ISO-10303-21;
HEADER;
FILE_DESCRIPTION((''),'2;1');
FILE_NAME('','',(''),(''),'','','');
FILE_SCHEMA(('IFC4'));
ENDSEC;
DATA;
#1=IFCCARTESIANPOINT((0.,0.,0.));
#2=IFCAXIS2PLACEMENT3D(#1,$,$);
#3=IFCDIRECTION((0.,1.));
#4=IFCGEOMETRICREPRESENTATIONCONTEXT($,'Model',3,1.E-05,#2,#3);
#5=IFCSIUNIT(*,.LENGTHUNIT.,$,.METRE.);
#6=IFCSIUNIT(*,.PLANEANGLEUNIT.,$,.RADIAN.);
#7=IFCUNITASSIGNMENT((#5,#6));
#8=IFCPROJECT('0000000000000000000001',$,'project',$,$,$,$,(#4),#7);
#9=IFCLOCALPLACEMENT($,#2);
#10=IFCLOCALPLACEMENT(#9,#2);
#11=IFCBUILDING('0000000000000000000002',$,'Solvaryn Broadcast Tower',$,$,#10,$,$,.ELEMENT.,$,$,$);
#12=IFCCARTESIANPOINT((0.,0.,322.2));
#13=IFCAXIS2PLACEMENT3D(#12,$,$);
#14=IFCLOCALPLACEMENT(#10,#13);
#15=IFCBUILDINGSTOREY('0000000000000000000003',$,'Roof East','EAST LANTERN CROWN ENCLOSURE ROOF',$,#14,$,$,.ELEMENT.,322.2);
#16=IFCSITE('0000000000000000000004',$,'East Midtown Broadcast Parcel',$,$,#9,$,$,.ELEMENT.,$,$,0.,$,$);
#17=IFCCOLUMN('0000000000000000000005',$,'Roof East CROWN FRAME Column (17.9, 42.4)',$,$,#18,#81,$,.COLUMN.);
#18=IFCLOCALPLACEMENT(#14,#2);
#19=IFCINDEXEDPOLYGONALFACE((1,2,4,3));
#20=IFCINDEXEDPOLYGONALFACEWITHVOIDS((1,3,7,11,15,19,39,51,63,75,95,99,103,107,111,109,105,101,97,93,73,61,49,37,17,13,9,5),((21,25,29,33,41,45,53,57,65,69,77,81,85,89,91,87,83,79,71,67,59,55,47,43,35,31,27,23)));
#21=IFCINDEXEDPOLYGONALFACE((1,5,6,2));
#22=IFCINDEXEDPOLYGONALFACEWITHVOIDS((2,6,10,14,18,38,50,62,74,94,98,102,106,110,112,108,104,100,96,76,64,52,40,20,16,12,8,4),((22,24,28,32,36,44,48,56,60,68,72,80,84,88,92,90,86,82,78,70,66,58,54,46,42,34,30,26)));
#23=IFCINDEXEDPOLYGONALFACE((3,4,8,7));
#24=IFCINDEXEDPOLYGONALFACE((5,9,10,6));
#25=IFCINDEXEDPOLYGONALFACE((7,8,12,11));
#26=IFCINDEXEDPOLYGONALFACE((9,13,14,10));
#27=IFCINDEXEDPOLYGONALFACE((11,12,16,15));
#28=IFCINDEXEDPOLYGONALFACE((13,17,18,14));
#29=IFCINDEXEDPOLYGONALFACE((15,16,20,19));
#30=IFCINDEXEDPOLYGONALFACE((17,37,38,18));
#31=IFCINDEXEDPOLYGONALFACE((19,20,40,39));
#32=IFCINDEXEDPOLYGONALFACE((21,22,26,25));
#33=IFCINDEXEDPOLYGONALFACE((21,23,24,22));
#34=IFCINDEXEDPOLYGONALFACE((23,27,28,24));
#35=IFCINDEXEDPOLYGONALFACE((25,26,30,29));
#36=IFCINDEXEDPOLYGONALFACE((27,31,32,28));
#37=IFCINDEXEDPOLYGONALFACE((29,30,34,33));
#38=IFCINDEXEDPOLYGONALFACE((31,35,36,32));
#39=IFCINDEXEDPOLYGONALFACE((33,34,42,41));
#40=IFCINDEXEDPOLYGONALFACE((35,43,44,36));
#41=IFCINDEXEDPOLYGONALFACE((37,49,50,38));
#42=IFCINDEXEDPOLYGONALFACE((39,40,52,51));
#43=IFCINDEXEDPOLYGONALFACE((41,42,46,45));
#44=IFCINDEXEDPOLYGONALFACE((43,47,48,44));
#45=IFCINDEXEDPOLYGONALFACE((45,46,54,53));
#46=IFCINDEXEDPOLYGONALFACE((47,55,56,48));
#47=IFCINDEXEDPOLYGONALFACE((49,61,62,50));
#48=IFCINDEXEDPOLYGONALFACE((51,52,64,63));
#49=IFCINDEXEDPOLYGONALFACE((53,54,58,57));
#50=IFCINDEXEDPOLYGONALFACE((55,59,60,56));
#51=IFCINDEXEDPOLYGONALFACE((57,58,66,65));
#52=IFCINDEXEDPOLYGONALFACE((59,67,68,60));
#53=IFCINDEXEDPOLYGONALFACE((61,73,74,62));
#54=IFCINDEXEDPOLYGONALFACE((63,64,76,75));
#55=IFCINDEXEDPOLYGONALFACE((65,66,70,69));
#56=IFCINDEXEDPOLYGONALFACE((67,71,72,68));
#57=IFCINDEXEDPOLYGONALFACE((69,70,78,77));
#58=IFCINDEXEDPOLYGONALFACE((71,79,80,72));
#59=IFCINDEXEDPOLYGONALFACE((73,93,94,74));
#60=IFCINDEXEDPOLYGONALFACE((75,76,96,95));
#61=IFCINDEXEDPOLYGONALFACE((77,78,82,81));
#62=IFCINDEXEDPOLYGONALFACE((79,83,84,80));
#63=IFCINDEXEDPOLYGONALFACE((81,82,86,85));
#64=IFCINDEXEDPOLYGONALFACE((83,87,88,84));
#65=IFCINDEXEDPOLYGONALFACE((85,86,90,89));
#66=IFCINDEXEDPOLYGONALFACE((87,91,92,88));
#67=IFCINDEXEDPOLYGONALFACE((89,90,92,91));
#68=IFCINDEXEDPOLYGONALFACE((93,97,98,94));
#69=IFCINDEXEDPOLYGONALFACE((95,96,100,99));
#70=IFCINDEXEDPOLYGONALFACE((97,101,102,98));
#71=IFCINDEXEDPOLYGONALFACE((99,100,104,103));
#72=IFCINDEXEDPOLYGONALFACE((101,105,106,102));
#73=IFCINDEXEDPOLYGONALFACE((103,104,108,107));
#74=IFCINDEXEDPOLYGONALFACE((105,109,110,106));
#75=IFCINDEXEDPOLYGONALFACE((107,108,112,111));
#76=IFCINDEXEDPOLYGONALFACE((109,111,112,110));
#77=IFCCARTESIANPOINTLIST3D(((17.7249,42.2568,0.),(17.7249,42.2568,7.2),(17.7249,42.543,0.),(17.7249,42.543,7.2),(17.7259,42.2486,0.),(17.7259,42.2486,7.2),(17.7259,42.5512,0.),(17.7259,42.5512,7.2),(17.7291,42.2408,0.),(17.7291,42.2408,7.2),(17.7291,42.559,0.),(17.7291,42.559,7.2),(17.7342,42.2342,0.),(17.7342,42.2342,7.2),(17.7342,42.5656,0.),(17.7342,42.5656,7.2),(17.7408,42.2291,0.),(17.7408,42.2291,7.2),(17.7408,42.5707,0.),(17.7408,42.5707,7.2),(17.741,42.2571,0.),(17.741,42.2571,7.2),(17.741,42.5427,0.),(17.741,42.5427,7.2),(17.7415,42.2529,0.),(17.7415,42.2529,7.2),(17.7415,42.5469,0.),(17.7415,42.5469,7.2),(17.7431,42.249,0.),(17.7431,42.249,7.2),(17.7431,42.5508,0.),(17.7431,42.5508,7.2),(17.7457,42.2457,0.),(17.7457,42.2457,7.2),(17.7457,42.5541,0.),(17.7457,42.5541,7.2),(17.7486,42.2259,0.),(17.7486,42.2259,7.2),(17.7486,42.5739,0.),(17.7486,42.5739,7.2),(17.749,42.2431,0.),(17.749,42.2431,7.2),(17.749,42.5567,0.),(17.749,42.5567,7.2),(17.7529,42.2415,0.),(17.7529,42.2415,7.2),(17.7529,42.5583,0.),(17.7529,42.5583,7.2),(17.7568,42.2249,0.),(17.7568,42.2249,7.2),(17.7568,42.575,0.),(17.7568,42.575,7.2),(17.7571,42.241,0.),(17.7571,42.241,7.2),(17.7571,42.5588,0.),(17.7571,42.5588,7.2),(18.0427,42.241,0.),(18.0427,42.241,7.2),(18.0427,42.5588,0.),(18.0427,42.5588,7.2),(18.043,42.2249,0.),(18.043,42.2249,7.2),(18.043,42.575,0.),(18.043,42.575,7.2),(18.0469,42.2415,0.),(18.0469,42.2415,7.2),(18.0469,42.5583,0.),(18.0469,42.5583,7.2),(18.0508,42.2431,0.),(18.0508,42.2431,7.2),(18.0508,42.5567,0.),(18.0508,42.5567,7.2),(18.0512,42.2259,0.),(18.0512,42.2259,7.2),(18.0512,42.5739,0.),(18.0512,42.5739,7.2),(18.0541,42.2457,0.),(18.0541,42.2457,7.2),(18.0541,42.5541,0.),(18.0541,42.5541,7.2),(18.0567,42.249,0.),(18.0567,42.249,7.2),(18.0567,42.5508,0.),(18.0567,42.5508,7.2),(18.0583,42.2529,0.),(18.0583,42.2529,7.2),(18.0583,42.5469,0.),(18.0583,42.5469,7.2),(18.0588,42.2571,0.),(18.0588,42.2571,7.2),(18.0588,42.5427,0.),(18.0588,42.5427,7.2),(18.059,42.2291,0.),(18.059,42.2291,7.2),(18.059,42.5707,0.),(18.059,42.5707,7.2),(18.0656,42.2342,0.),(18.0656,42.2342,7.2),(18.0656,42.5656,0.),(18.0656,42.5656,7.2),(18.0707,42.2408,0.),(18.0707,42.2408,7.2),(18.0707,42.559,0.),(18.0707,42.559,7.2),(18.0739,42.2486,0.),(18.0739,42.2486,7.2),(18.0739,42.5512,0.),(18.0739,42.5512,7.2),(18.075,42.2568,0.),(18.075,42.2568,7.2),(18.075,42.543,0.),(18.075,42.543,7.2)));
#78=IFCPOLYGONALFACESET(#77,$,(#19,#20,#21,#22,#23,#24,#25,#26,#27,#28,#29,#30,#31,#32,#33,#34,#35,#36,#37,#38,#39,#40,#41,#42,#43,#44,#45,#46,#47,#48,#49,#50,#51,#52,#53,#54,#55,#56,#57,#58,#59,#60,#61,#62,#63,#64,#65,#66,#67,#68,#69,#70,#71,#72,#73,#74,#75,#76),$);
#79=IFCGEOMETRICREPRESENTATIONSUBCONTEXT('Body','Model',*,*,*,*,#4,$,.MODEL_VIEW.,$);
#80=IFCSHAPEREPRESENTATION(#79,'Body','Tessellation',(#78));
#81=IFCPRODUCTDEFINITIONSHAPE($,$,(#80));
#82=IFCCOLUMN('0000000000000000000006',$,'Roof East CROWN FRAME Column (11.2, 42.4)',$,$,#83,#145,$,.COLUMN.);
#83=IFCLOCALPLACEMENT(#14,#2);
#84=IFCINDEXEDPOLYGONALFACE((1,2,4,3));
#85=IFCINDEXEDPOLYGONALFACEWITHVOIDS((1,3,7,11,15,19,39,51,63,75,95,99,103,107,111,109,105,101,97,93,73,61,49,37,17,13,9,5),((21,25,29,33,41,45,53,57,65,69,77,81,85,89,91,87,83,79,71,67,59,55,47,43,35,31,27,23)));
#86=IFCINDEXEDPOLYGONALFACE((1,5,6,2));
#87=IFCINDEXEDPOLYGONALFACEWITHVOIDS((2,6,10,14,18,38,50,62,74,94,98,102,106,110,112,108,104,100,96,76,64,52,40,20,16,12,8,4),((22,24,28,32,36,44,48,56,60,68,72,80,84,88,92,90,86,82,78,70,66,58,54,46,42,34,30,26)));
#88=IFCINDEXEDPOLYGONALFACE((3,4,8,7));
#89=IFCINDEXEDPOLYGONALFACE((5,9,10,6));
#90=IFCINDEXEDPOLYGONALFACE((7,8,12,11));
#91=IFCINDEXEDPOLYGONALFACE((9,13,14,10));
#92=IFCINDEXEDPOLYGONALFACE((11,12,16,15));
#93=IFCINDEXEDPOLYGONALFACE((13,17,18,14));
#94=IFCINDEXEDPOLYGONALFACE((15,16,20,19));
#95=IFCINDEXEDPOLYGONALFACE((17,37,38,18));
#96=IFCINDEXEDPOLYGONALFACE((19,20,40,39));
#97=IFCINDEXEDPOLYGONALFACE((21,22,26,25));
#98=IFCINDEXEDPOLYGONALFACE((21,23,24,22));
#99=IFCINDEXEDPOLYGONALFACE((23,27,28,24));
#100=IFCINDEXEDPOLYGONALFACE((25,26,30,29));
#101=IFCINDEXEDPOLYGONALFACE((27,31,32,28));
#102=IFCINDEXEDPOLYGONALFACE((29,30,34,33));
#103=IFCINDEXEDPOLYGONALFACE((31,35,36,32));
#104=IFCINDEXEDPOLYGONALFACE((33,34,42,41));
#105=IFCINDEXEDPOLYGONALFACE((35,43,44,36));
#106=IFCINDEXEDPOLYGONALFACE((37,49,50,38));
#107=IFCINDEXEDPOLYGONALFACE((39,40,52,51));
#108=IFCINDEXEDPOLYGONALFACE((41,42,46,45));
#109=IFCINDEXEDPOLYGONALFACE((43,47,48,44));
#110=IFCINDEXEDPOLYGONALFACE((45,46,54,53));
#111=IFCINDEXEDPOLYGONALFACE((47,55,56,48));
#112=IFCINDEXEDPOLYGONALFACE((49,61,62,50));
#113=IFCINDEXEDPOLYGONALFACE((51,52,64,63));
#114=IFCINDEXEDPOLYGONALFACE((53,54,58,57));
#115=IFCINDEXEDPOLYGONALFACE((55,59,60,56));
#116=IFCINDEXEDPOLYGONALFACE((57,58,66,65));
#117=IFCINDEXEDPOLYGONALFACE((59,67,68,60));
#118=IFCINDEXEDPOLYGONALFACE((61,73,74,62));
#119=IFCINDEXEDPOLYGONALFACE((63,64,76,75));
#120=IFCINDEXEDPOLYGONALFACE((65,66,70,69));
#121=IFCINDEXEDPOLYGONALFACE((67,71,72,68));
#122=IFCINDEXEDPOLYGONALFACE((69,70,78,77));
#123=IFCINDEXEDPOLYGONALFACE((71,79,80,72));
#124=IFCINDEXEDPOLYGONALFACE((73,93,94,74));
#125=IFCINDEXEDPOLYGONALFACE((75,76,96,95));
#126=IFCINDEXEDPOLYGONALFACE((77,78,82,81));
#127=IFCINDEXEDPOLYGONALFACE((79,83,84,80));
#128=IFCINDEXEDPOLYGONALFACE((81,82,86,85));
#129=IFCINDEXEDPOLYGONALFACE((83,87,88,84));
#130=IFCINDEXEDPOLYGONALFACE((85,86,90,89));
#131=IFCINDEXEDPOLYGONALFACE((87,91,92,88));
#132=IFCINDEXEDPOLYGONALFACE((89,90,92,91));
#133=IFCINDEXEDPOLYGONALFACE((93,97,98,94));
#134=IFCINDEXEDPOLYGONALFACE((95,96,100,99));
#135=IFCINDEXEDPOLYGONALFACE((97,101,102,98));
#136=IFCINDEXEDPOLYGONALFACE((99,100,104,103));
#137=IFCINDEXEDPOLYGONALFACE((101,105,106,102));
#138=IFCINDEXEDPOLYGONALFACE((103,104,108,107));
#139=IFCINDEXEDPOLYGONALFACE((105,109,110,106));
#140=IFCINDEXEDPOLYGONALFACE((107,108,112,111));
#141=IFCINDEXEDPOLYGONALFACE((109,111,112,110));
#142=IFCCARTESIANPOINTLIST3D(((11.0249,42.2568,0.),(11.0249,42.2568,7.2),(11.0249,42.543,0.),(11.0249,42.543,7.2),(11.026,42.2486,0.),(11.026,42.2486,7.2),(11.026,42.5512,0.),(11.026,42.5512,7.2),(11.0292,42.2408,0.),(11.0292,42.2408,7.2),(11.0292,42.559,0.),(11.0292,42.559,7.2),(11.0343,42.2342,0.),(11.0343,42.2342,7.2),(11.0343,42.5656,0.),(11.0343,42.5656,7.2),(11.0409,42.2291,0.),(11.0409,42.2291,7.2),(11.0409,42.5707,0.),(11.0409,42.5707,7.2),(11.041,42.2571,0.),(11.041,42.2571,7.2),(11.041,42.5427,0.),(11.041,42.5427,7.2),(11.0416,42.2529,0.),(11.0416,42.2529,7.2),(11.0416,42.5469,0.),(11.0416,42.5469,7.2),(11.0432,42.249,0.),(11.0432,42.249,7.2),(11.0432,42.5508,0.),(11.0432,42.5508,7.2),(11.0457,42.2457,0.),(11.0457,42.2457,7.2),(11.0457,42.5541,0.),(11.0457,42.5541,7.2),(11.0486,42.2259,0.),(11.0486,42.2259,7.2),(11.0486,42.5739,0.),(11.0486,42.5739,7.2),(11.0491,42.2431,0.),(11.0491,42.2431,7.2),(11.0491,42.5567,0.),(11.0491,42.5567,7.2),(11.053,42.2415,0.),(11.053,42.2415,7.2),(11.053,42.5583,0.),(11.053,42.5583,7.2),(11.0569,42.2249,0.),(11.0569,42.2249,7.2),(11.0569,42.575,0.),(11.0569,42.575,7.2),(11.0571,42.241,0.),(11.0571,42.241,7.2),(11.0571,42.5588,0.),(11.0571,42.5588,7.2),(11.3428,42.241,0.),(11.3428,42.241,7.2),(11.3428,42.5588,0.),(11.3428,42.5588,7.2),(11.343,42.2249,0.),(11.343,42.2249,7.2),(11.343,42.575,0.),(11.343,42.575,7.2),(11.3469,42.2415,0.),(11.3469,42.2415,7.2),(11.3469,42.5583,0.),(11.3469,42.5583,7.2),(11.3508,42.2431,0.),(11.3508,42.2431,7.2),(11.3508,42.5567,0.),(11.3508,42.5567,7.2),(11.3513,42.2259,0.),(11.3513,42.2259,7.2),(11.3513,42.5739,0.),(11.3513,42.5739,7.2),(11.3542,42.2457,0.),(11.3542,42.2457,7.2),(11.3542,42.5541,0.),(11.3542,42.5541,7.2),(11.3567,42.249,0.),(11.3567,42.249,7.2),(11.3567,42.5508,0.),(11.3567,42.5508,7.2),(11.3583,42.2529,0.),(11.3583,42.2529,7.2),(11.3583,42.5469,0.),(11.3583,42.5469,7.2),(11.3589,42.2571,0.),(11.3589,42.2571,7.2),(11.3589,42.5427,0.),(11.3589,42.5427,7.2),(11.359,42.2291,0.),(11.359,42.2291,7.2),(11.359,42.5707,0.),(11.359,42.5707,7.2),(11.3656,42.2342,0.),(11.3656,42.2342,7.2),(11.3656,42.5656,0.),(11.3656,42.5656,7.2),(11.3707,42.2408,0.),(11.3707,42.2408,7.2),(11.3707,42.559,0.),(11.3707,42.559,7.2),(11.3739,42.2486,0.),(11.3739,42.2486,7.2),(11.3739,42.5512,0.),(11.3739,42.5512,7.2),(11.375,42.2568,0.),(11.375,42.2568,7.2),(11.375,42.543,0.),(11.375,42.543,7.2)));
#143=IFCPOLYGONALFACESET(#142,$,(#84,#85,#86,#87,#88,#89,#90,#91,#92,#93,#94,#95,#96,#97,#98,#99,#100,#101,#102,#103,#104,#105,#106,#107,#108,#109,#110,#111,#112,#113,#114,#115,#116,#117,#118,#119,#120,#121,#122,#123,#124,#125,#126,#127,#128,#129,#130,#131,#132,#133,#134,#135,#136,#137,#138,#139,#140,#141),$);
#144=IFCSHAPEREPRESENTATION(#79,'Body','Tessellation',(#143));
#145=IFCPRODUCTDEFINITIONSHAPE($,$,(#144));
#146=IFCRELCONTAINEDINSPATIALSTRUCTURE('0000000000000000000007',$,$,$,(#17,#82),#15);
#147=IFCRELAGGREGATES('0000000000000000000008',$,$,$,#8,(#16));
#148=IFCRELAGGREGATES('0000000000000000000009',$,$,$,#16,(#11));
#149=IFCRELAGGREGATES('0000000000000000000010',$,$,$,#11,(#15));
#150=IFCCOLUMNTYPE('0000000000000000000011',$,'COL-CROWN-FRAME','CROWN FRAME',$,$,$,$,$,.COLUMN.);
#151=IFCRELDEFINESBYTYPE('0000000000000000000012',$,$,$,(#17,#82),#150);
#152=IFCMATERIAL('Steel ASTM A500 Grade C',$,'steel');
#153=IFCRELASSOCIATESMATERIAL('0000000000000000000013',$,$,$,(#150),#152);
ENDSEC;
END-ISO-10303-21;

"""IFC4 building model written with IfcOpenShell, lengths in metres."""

from ifc_helpers import new_model, si_unit, direction, frame, origin, origin_2d, place, context, subcontext, project, spatial, hollow_rectangle, extrude, material, material_profile, profile_set, type_object, element, save


model = new_model("IFC4")

# Units and contexts
model_context = context("Model", 3, precision=1e-05, world=origin(), true_north=direction((0.0, 1.0)))
body_context = subcontext(model_context, "Body", "Model", "MODEL_VIEW")
ifc_project = project(units=[si_unit("LENGTHUNIT", "METRE"), si_unit("PLANEANGLEUNIT", "RADIAN")], contexts=[model_context])

# Site, building, storey
site_placement = place(None, origin())
site = spatial("IfcSite", under=ifc_project, at=site_placement, Name="East Midtown Broadcast Parcel", CompositionType="ELEMENT", RefElevation=0.0)
building_placement = place(site_placement, origin())
building = spatial("IfcBuilding", under=site, at=building_placement, Name="Solvaryn Broadcast Tower", CompositionType="ELEMENT")
storey_placement = place(building_placement, frame((0.0, 0.0, 322.2)))
storey = spatial("IfcBuildingStorey", under=building, at=storey_placement, Name="Roof East", Description="EAST LANTERN CROWN ENCLOSURE ROOF", CompositionType="ELEMENT", Elevation=322.2)

# Columns
ifc_material_1 = material(Name="Steel ASTM A500 Grade C", Category="steel")
ifc_material_profile_1 = material_profile(ifc_material_1, hollow_rectangle(XDim=0.3501, YDim=0.3501, WallThickness=0.0161, InnerFilletRadius=0.0161, OuterFilletRadius=0.032, at=origin_2d()))
ifc_profile_set_1 = profile_set([ifc_material_profile_1], Name="Steel ASTM A500 Grade C")
column_type = type_object("IfcColumnType", Name="COL-CROWN-FRAME", Description="CROWN FRAME", PredefinedType="COLUMN", material=ifc_profile_set_1)
for number, where, z_axis, x_axis, name in (
    (1, (17.8999, 42.3999, 0.0), (0.0, 0.0, 1.0), (1.0, 0.0, 0.0), "Roof East CROWN FRAME Column (17.9, 42.4)"),
    (2, (11.2, 42.3999, 0.0), (0.0, 0.0, 1.0), (1.0, 0.0, 0.0), "Roof East CROWN FRAME Column (11.2, 42.4)"),
):
    element("IfcColumn", number, at=place(storey_placement, frame(where, z_axis=z_axis, x_axis=x_axis)), inside=storey, type_object=column_type, Name=name, PredefinedType="COLUMN", context=body_context, shape_type="SweptSolid", body=[
        extrude(hollow_rectangle(XDim=0.3501, YDim=0.3501, WallThickness=0.0161, InnerFilletRadius=0.0161, OuterFilletRadius=0.032, at=origin_2d()), origin(), (0.0, 0.0, 1.0), 7.2),
    ])

save(model, "model.ifc")
